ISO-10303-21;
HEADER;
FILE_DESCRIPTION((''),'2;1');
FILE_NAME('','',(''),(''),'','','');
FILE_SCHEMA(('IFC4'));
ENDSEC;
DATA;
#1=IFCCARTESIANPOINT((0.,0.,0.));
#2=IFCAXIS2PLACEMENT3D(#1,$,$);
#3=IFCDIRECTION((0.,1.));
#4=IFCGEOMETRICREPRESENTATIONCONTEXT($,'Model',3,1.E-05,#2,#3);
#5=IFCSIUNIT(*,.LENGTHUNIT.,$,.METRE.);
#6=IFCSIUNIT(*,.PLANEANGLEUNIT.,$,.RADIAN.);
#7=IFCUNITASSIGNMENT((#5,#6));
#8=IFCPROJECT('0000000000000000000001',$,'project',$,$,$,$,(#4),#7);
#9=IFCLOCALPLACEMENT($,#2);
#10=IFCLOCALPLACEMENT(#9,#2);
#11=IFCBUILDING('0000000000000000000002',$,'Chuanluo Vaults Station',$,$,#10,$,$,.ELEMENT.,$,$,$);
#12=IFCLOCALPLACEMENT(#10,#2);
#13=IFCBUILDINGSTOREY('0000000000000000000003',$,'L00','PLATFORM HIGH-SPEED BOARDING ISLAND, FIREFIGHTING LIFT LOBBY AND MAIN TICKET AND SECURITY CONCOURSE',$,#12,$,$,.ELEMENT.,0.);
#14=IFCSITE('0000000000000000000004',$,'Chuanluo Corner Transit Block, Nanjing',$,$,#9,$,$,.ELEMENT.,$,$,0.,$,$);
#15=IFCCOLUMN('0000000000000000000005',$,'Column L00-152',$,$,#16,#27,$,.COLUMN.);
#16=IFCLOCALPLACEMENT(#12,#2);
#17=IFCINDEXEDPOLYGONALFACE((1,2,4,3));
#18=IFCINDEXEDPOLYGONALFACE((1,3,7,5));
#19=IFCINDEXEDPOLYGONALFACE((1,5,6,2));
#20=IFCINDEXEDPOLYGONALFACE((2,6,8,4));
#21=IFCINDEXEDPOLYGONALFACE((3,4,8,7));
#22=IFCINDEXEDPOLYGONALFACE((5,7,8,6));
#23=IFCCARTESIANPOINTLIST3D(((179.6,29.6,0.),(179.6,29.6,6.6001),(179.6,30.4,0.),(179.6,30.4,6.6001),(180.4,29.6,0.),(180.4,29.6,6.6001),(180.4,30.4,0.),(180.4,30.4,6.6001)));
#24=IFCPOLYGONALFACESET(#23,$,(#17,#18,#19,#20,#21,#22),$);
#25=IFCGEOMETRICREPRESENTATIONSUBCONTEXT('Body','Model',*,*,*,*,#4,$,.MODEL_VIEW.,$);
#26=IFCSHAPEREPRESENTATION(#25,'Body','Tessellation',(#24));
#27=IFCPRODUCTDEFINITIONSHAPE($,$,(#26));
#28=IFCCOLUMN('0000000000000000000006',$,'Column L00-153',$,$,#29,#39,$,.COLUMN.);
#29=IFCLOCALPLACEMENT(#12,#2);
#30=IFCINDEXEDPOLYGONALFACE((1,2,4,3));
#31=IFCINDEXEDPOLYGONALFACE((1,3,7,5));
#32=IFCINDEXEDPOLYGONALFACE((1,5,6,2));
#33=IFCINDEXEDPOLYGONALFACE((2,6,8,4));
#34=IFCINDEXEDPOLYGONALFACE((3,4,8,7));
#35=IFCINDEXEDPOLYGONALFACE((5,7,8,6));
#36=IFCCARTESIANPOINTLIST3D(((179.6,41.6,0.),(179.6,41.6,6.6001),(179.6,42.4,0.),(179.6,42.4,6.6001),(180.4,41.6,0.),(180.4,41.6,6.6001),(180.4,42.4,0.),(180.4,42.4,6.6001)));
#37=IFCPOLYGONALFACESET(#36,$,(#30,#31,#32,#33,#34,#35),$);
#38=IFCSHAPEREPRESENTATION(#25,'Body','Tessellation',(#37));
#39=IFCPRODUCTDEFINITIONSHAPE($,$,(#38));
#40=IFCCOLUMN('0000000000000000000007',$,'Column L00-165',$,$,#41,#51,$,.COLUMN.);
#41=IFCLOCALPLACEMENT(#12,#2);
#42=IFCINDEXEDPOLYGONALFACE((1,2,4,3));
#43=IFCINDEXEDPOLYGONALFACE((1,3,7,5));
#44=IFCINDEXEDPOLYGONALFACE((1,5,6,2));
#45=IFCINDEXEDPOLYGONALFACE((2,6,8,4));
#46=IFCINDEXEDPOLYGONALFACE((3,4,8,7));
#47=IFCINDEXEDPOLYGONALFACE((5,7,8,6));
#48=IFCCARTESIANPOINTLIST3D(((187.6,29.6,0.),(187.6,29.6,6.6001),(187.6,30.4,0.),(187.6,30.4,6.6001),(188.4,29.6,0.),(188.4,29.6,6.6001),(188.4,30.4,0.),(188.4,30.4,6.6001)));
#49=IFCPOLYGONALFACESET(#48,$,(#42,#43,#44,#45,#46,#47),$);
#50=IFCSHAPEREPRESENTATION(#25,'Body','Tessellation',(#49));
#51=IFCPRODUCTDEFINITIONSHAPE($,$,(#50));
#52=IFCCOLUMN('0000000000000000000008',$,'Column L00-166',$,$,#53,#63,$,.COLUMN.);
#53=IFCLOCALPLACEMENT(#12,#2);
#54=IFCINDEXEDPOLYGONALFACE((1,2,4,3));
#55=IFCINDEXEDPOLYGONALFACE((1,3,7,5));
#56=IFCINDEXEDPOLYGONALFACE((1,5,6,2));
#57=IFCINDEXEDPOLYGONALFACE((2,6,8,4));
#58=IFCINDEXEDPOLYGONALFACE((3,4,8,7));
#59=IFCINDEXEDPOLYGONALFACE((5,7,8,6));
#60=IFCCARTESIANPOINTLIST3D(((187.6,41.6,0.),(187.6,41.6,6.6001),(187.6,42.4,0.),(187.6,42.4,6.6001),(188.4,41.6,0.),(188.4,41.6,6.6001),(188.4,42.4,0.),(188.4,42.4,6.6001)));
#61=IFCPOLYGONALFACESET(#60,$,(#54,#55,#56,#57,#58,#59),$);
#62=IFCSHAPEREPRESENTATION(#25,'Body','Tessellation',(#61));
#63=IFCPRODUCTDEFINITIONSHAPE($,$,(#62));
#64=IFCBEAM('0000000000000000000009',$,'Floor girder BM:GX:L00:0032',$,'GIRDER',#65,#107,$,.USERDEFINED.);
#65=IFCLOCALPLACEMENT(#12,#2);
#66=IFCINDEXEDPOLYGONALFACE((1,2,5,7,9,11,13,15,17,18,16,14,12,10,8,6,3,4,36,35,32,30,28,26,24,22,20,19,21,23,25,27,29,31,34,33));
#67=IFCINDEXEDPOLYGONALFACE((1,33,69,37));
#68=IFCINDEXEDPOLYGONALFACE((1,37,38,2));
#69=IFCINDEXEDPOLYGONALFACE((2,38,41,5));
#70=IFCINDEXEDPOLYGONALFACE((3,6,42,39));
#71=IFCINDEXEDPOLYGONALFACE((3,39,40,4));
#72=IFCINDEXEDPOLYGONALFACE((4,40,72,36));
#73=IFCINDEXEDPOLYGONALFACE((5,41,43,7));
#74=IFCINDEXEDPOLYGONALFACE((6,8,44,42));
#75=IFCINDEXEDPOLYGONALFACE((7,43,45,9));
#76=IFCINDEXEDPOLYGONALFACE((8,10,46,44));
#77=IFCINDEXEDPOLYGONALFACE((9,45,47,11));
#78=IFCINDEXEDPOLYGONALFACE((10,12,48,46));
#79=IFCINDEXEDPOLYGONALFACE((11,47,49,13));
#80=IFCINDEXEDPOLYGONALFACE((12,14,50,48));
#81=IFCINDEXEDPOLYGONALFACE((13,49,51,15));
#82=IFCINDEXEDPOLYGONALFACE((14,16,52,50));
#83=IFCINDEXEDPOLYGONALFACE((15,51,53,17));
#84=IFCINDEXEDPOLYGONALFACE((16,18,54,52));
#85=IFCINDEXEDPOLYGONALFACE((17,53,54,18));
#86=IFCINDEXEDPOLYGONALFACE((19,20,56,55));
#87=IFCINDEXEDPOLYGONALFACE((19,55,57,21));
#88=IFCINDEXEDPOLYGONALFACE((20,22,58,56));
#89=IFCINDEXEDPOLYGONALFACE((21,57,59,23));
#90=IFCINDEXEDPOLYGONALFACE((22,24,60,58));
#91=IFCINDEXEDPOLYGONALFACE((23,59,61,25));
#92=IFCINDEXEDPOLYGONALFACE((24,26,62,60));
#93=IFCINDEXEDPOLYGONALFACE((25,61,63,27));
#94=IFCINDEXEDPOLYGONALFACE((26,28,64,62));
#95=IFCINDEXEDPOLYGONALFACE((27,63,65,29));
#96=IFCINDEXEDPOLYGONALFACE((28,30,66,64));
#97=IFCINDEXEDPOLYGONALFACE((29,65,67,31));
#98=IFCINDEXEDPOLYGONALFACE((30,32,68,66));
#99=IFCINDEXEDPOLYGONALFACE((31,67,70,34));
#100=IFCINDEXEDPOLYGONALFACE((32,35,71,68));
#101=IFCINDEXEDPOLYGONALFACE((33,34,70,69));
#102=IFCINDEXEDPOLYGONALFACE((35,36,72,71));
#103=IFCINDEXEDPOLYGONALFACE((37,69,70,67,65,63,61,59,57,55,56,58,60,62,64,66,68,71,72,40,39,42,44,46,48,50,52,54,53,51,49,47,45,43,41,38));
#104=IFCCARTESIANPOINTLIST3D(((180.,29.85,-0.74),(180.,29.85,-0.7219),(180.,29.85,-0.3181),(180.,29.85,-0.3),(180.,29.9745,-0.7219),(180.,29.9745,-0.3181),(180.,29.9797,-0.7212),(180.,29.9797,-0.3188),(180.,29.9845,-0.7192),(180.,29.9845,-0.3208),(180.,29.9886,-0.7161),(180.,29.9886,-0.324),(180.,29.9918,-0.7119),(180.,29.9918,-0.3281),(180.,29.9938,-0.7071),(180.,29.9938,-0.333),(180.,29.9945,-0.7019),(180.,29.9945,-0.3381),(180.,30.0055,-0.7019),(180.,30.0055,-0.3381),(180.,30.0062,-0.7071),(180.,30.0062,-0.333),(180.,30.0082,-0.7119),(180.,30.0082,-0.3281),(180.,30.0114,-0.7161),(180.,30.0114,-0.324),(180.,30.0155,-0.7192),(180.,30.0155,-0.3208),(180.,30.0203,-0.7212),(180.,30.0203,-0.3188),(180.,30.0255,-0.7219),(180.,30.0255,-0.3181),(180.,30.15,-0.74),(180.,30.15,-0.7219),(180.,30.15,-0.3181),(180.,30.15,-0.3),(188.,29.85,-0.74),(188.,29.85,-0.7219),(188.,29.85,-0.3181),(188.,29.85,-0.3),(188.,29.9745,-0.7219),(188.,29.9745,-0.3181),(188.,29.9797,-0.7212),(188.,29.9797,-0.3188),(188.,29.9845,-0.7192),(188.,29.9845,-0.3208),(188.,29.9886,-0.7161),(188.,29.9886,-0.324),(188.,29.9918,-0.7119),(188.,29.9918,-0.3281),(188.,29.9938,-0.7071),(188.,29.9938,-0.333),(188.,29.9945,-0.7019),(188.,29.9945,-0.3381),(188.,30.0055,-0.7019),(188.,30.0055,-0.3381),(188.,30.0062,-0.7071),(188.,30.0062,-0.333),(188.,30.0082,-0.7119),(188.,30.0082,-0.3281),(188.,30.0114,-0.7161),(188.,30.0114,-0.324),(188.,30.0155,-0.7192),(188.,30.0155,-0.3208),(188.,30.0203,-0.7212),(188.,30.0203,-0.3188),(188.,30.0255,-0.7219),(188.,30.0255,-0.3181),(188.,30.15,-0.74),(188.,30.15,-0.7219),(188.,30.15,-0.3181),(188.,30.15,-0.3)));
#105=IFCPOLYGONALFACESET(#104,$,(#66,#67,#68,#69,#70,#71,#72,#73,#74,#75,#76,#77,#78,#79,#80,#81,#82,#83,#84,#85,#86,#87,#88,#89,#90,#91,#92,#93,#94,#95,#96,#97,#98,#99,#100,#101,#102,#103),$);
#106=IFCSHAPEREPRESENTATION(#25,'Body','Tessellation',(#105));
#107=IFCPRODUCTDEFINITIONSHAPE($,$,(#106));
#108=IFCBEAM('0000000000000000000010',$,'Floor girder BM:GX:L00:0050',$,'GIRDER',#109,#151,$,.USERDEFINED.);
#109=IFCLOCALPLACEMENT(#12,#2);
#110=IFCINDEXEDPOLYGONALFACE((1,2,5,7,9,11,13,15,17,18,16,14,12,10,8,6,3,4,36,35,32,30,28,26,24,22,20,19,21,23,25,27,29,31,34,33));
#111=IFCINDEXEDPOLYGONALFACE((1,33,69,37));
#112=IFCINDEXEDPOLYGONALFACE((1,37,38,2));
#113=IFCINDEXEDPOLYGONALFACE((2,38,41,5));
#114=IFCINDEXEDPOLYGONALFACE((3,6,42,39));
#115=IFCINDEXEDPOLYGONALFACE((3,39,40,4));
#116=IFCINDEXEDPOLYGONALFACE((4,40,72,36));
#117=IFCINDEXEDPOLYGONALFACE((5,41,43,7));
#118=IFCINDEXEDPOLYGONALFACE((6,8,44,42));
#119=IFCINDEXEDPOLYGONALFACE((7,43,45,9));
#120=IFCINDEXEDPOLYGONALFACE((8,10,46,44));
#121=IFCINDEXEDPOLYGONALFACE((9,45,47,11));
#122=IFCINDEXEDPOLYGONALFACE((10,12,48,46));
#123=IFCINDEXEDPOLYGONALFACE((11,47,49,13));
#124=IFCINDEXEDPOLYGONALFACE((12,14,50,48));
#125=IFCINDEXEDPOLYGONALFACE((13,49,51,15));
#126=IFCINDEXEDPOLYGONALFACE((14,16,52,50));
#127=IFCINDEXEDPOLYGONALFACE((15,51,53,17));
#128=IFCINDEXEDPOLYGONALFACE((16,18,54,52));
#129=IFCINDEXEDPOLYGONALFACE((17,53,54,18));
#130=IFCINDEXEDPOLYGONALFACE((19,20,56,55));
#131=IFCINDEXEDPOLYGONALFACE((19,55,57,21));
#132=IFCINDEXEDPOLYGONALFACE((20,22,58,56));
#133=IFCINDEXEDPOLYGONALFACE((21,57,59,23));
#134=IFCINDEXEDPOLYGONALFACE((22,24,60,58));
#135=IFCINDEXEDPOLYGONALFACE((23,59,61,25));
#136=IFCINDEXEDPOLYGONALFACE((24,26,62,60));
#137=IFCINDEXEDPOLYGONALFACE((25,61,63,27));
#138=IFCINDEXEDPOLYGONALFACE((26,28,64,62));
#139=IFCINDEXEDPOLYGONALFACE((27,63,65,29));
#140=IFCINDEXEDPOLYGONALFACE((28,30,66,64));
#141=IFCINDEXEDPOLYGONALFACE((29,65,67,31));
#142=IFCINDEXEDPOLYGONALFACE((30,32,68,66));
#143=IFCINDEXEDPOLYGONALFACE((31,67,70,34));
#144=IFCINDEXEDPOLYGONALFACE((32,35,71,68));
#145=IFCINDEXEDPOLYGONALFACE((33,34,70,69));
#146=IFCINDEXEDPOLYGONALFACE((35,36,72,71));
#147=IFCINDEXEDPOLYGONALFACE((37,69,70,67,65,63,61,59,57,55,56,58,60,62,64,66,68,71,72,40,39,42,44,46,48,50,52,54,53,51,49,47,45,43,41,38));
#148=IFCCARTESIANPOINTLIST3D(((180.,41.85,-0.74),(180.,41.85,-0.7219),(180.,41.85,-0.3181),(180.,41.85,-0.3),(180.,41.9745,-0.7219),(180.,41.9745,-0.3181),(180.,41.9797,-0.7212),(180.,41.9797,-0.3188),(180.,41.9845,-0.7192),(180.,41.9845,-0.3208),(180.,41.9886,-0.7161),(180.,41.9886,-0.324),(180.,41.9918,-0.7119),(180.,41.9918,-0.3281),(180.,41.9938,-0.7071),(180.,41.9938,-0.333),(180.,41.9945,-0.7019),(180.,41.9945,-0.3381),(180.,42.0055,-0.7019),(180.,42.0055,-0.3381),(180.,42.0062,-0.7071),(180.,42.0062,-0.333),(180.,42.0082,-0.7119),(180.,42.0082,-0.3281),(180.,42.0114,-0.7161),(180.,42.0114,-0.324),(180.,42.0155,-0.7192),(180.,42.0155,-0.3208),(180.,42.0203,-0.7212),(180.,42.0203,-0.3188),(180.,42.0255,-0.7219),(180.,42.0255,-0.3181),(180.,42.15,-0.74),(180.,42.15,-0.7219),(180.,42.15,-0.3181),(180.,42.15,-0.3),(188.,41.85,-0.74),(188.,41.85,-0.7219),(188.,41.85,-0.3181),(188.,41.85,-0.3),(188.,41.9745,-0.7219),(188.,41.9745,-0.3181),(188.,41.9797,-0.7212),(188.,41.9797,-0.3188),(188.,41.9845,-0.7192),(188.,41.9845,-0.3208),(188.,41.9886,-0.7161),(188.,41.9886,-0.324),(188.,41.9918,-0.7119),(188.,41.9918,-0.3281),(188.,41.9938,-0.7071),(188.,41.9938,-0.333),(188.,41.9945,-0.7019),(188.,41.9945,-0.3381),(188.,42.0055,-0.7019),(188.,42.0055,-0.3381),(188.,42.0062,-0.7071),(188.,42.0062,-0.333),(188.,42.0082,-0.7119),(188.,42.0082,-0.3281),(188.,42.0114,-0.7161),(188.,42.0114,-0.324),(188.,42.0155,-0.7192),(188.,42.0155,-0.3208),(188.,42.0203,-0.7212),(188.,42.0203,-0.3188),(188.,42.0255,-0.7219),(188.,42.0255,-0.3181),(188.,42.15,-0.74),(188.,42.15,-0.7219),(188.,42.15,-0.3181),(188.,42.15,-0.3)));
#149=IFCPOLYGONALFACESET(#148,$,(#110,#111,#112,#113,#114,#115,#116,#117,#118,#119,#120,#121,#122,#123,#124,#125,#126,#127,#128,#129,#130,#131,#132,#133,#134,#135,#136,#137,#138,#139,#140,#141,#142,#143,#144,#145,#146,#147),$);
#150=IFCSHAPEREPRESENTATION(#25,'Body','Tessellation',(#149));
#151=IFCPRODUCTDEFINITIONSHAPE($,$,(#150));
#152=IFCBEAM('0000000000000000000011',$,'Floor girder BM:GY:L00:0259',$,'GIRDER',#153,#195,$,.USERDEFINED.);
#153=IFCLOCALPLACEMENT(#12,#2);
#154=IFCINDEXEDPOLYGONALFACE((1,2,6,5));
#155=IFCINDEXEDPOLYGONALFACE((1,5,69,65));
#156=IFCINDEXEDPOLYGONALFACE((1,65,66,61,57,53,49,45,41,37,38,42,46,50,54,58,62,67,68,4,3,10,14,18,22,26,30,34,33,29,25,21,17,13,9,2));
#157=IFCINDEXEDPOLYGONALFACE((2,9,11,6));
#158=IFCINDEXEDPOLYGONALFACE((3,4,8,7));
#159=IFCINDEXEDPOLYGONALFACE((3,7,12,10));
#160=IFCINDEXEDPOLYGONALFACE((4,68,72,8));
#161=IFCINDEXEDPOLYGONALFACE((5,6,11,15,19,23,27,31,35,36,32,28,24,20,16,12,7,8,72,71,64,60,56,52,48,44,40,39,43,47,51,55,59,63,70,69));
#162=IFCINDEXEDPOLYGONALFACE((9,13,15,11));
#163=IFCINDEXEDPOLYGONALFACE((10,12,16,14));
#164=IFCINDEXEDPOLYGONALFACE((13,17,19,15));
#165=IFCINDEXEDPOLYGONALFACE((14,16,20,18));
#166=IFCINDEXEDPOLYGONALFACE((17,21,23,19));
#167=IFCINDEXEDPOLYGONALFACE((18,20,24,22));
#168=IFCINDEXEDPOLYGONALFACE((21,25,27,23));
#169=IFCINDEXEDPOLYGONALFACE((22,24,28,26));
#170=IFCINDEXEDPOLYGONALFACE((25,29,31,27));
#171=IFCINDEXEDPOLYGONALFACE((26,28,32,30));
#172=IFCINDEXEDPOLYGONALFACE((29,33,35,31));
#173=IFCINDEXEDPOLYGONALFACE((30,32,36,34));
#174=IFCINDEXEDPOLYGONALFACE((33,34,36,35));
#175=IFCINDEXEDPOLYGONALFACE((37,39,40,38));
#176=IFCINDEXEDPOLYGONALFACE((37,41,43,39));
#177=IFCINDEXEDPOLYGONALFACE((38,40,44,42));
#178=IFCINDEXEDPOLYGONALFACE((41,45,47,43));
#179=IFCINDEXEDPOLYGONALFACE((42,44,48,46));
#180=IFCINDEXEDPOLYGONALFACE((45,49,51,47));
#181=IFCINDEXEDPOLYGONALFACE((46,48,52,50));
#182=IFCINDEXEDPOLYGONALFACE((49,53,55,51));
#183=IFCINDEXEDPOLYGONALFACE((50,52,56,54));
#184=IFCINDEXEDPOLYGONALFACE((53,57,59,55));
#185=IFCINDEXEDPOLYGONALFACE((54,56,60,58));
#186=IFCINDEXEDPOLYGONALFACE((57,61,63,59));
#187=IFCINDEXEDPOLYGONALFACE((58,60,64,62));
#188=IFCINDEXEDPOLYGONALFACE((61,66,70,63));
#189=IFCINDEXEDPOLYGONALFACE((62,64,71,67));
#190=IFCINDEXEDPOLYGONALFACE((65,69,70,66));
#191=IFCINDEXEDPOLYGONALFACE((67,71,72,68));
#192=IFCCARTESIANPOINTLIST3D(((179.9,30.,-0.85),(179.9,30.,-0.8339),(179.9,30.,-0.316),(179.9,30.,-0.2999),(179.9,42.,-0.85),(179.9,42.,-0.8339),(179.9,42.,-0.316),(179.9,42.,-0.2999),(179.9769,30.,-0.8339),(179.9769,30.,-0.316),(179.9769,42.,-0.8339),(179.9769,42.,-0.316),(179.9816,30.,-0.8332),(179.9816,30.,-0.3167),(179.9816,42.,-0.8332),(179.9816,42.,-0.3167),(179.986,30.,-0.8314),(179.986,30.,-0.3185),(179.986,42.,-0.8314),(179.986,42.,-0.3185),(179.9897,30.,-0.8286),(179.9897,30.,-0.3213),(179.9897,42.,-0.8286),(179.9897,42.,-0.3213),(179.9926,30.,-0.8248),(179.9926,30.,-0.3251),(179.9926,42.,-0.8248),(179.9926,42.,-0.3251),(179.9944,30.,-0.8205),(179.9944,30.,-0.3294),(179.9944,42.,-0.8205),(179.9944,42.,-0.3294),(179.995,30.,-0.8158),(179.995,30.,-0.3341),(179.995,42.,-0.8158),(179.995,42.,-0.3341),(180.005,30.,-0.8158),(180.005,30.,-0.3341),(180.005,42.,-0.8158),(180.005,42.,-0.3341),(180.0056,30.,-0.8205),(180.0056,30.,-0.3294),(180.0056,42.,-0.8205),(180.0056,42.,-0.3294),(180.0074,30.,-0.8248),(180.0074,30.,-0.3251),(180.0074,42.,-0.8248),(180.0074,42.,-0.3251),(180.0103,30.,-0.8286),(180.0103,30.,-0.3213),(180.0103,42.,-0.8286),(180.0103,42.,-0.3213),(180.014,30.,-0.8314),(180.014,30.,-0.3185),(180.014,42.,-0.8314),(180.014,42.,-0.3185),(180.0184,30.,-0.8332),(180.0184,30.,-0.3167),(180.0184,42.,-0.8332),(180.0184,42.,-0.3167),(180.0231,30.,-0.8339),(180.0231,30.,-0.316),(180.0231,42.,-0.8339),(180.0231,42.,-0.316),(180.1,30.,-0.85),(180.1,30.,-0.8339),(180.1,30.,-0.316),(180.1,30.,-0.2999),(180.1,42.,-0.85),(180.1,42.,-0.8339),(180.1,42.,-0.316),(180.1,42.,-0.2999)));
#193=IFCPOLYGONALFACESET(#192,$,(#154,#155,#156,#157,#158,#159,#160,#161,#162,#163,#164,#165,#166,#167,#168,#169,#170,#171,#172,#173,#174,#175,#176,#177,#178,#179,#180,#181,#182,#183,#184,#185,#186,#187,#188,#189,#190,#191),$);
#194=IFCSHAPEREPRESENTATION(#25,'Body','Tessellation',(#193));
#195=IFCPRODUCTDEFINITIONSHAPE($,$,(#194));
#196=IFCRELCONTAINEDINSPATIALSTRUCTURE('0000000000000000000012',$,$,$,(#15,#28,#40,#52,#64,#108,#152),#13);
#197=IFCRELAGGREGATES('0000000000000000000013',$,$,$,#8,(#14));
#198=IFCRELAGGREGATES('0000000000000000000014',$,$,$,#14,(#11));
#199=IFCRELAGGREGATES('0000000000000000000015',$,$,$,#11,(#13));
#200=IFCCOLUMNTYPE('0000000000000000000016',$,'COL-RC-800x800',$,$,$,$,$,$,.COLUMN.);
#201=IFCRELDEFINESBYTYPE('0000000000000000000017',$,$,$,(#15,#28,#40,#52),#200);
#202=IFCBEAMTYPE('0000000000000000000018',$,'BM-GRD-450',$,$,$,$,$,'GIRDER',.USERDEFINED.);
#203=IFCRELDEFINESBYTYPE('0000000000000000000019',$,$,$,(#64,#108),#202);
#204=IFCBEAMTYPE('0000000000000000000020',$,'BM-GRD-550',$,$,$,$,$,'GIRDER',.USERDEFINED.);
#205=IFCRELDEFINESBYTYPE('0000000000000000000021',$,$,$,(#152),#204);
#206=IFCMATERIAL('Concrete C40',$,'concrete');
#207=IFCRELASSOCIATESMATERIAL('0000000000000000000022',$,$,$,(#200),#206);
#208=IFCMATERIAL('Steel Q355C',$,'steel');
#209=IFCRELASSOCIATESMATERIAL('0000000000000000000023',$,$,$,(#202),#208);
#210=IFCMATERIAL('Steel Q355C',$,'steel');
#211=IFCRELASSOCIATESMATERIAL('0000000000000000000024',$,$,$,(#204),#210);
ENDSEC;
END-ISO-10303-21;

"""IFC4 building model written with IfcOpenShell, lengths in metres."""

from ifc_helpers import new_model, si_unit, direction, frame, origin, origin_2d, place, context, subcontext, project, spatial, rectangle, i_section, extrude, material, material_profile, profile_set, type_object, element, save


model = new_model("IFC4")

# Units and contexts
model_context = context("Model", 3, precision=1e-05, world=origin(), true_north=direction((0.0, 1.0)))
body_context = subcontext(model_context, "Body", "Model", "MODEL_VIEW")
ifc_project = project(units=[si_unit("LENGTHUNIT", "METRE"), si_unit("PLANEANGLEUNIT", "RADIAN")], contexts=[model_context])

# Site, building, storey
site_placement = place(None, origin())
site = spatial("IfcSite", under=ifc_project, at=site_placement, Name="Chuanluo Corner Transit Block, Nanjing", CompositionType="ELEMENT", RefElevation=0.0)
building_placement = place(site_placement, origin())
building = spatial("IfcBuilding", under=site, at=building_placement, Name="Chuanluo Vaults Station", CompositionType="ELEMENT")
storey_placement = place(building_placement, origin())
storey = spatial("IfcBuildingStorey", under=building, at=storey_placement, Name="L00", Description="PLATFORM HIGH-SPEED BOARDING ISLAND, FIREFIGHTING LIFT LOBBY AND MAIN TICKET AND SECURITY CONCOURSE", CompositionType="ELEMENT", Elevation=0.0)

# Columns
ifc_material_1 = material(Name="Concrete C40", Category="concrete")
ifc_material_profile_1 = material_profile(ifc_material_1, rectangle(XDim=0.8, YDim=0.8, at=origin_2d()))
ifc_profile_set_1 = profile_set([ifc_material_profile_1], Name="Concrete C40")
column_type = type_object("IfcColumnType", Name="COL-RC-800x800", PredefinedType="COLUMN", material=ifc_profile_set_1)
for number, where, z_axis, x_axis, name in (
    (1, (180.0, 30.0, 0.0), (0.0, 0.0, 1.0), (1.0, 0.0, 0.0), "Column L00-152"),
    (2, (180.0, 42.0, 0.0), (0.0, 0.0, 1.0), (1.0, 0.0, 0.0), "Column L00-153"),
    (3, (188.0, 30.0, 0.0), (0.0, 0.0, 1.0), (1.0, 0.0, 0.0), "Column L00-165"),
    (4, (188.0, 42.0, 0.0), (0.0, 0.0, 1.0), (1.0, 0.0, 0.0), "Column L00-166"),
):
    element("IfcColumn", number, at=place(storey_placement, frame(where, z_axis=z_axis, x_axis=x_axis)), inside=storey, type_object=column_type, Name=name, PredefinedType="COLUMN", context=body_context, shape_type="SweptSolid", body=[
        extrude(rectangle(XDim=0.8, YDim=0.8, at=origin_2d()), origin(), (0.0, 0.0, 1.0), 6.6001),
    ])

# Beams
ifc_material_2 = material(Name="Steel Q355C", Category="steel")
ifc_material_profile_2 = material_profile(ifc_material_2, i_section(OverallWidth=0.3, OverallDepth=0.4399, WebThickness=0.011, FlangeThickness=0.0181, FilletRadius=0.02, at=origin_2d()))
ifc_profile_set_2 = profile_set([ifc_material_profile_2], Name="Steel Q355C")
beam_type_1 = type_object("IfcBeamType", Name="BM-GRD-450", ElementType="GIRDER", PredefinedType="USERDEFINED", material=ifc_profile_set_2)
for number, where, z_axis, x_axis, name in (
    (5, (180.0, 30.0, -0.52), (1.0, 0.0, 0.0), (0.0, 1.0, 0.0), "Floor girder BM:GX:L00:0032"),
    (6, (180.0, 42.0, -0.52), (1.0, 0.0, 0.0), (0.0, 1.0, 0.0), "Floor girder BM:GX:L00:0050"),
):
    element("IfcBeam", number, at=place(storey_placement, frame(where, z_axis=z_axis, x_axis=x_axis)), inside=storey, type_object=beam_type_1, Name=name, ObjectType="GIRDER", PredefinedType="USERDEFINED", context=body_context, shape_type="SweptSolid", body=[
        extrude(i_section(OverallWidth=0.3, OverallDepth=0.4399, WebThickness=0.011, FlangeThickness=0.0181, FilletRadius=0.02, at=origin_2d()), origin(), (0.0, 0.0, 1.0), 8.0),
    ])
ifc_material_3 = material(Name="Steel Q355C", Category="steel")
ifc_material_profile_3 = material_profile(ifc_material_3, i_section(OverallWidth=0.2, OverallDepth=0.55, WebThickness=0.01, FlangeThickness=0.0161, FilletRadius=0.0181, at=origin_2d()))
ifc_profile_set_3 = profile_set([ifc_material_profile_3], Name="Steel Q355C")
beam_type_2 = type_object("IfcBeamType", Name="BM-GRD-550", ElementType="GIRDER", PredefinedType="USERDEFINED", material=ifc_profile_set_3)
for number, where, z_axis, x_axis, name in (
    (7, (180.0, 30.0, -0.575), (0.0, 1.0, 0.0), (-1.0, 0.0, 0.0), "Floor girder BM:GY:L00:0259"),
):
    element("IfcBeam", number, at=place(storey_placement, frame(where, z_axis=z_axis, x_axis=x_axis)), inside=storey, type_object=beam_type_2, Name=name, ObjectType="GIRDER", PredefinedType="USERDEFINED", context=body_context, shape_type="SweptSolid", body=[
        extrude(i_section(OverallWidth=0.2, OverallDepth=0.55, WebThickness=0.01, FlangeThickness=0.0161, FilletRadius=0.0181, at=origin_2d()), origin(), (0.0, 0.0, 1.0), 12.0),
    ])

save(model, "model.ifc")
